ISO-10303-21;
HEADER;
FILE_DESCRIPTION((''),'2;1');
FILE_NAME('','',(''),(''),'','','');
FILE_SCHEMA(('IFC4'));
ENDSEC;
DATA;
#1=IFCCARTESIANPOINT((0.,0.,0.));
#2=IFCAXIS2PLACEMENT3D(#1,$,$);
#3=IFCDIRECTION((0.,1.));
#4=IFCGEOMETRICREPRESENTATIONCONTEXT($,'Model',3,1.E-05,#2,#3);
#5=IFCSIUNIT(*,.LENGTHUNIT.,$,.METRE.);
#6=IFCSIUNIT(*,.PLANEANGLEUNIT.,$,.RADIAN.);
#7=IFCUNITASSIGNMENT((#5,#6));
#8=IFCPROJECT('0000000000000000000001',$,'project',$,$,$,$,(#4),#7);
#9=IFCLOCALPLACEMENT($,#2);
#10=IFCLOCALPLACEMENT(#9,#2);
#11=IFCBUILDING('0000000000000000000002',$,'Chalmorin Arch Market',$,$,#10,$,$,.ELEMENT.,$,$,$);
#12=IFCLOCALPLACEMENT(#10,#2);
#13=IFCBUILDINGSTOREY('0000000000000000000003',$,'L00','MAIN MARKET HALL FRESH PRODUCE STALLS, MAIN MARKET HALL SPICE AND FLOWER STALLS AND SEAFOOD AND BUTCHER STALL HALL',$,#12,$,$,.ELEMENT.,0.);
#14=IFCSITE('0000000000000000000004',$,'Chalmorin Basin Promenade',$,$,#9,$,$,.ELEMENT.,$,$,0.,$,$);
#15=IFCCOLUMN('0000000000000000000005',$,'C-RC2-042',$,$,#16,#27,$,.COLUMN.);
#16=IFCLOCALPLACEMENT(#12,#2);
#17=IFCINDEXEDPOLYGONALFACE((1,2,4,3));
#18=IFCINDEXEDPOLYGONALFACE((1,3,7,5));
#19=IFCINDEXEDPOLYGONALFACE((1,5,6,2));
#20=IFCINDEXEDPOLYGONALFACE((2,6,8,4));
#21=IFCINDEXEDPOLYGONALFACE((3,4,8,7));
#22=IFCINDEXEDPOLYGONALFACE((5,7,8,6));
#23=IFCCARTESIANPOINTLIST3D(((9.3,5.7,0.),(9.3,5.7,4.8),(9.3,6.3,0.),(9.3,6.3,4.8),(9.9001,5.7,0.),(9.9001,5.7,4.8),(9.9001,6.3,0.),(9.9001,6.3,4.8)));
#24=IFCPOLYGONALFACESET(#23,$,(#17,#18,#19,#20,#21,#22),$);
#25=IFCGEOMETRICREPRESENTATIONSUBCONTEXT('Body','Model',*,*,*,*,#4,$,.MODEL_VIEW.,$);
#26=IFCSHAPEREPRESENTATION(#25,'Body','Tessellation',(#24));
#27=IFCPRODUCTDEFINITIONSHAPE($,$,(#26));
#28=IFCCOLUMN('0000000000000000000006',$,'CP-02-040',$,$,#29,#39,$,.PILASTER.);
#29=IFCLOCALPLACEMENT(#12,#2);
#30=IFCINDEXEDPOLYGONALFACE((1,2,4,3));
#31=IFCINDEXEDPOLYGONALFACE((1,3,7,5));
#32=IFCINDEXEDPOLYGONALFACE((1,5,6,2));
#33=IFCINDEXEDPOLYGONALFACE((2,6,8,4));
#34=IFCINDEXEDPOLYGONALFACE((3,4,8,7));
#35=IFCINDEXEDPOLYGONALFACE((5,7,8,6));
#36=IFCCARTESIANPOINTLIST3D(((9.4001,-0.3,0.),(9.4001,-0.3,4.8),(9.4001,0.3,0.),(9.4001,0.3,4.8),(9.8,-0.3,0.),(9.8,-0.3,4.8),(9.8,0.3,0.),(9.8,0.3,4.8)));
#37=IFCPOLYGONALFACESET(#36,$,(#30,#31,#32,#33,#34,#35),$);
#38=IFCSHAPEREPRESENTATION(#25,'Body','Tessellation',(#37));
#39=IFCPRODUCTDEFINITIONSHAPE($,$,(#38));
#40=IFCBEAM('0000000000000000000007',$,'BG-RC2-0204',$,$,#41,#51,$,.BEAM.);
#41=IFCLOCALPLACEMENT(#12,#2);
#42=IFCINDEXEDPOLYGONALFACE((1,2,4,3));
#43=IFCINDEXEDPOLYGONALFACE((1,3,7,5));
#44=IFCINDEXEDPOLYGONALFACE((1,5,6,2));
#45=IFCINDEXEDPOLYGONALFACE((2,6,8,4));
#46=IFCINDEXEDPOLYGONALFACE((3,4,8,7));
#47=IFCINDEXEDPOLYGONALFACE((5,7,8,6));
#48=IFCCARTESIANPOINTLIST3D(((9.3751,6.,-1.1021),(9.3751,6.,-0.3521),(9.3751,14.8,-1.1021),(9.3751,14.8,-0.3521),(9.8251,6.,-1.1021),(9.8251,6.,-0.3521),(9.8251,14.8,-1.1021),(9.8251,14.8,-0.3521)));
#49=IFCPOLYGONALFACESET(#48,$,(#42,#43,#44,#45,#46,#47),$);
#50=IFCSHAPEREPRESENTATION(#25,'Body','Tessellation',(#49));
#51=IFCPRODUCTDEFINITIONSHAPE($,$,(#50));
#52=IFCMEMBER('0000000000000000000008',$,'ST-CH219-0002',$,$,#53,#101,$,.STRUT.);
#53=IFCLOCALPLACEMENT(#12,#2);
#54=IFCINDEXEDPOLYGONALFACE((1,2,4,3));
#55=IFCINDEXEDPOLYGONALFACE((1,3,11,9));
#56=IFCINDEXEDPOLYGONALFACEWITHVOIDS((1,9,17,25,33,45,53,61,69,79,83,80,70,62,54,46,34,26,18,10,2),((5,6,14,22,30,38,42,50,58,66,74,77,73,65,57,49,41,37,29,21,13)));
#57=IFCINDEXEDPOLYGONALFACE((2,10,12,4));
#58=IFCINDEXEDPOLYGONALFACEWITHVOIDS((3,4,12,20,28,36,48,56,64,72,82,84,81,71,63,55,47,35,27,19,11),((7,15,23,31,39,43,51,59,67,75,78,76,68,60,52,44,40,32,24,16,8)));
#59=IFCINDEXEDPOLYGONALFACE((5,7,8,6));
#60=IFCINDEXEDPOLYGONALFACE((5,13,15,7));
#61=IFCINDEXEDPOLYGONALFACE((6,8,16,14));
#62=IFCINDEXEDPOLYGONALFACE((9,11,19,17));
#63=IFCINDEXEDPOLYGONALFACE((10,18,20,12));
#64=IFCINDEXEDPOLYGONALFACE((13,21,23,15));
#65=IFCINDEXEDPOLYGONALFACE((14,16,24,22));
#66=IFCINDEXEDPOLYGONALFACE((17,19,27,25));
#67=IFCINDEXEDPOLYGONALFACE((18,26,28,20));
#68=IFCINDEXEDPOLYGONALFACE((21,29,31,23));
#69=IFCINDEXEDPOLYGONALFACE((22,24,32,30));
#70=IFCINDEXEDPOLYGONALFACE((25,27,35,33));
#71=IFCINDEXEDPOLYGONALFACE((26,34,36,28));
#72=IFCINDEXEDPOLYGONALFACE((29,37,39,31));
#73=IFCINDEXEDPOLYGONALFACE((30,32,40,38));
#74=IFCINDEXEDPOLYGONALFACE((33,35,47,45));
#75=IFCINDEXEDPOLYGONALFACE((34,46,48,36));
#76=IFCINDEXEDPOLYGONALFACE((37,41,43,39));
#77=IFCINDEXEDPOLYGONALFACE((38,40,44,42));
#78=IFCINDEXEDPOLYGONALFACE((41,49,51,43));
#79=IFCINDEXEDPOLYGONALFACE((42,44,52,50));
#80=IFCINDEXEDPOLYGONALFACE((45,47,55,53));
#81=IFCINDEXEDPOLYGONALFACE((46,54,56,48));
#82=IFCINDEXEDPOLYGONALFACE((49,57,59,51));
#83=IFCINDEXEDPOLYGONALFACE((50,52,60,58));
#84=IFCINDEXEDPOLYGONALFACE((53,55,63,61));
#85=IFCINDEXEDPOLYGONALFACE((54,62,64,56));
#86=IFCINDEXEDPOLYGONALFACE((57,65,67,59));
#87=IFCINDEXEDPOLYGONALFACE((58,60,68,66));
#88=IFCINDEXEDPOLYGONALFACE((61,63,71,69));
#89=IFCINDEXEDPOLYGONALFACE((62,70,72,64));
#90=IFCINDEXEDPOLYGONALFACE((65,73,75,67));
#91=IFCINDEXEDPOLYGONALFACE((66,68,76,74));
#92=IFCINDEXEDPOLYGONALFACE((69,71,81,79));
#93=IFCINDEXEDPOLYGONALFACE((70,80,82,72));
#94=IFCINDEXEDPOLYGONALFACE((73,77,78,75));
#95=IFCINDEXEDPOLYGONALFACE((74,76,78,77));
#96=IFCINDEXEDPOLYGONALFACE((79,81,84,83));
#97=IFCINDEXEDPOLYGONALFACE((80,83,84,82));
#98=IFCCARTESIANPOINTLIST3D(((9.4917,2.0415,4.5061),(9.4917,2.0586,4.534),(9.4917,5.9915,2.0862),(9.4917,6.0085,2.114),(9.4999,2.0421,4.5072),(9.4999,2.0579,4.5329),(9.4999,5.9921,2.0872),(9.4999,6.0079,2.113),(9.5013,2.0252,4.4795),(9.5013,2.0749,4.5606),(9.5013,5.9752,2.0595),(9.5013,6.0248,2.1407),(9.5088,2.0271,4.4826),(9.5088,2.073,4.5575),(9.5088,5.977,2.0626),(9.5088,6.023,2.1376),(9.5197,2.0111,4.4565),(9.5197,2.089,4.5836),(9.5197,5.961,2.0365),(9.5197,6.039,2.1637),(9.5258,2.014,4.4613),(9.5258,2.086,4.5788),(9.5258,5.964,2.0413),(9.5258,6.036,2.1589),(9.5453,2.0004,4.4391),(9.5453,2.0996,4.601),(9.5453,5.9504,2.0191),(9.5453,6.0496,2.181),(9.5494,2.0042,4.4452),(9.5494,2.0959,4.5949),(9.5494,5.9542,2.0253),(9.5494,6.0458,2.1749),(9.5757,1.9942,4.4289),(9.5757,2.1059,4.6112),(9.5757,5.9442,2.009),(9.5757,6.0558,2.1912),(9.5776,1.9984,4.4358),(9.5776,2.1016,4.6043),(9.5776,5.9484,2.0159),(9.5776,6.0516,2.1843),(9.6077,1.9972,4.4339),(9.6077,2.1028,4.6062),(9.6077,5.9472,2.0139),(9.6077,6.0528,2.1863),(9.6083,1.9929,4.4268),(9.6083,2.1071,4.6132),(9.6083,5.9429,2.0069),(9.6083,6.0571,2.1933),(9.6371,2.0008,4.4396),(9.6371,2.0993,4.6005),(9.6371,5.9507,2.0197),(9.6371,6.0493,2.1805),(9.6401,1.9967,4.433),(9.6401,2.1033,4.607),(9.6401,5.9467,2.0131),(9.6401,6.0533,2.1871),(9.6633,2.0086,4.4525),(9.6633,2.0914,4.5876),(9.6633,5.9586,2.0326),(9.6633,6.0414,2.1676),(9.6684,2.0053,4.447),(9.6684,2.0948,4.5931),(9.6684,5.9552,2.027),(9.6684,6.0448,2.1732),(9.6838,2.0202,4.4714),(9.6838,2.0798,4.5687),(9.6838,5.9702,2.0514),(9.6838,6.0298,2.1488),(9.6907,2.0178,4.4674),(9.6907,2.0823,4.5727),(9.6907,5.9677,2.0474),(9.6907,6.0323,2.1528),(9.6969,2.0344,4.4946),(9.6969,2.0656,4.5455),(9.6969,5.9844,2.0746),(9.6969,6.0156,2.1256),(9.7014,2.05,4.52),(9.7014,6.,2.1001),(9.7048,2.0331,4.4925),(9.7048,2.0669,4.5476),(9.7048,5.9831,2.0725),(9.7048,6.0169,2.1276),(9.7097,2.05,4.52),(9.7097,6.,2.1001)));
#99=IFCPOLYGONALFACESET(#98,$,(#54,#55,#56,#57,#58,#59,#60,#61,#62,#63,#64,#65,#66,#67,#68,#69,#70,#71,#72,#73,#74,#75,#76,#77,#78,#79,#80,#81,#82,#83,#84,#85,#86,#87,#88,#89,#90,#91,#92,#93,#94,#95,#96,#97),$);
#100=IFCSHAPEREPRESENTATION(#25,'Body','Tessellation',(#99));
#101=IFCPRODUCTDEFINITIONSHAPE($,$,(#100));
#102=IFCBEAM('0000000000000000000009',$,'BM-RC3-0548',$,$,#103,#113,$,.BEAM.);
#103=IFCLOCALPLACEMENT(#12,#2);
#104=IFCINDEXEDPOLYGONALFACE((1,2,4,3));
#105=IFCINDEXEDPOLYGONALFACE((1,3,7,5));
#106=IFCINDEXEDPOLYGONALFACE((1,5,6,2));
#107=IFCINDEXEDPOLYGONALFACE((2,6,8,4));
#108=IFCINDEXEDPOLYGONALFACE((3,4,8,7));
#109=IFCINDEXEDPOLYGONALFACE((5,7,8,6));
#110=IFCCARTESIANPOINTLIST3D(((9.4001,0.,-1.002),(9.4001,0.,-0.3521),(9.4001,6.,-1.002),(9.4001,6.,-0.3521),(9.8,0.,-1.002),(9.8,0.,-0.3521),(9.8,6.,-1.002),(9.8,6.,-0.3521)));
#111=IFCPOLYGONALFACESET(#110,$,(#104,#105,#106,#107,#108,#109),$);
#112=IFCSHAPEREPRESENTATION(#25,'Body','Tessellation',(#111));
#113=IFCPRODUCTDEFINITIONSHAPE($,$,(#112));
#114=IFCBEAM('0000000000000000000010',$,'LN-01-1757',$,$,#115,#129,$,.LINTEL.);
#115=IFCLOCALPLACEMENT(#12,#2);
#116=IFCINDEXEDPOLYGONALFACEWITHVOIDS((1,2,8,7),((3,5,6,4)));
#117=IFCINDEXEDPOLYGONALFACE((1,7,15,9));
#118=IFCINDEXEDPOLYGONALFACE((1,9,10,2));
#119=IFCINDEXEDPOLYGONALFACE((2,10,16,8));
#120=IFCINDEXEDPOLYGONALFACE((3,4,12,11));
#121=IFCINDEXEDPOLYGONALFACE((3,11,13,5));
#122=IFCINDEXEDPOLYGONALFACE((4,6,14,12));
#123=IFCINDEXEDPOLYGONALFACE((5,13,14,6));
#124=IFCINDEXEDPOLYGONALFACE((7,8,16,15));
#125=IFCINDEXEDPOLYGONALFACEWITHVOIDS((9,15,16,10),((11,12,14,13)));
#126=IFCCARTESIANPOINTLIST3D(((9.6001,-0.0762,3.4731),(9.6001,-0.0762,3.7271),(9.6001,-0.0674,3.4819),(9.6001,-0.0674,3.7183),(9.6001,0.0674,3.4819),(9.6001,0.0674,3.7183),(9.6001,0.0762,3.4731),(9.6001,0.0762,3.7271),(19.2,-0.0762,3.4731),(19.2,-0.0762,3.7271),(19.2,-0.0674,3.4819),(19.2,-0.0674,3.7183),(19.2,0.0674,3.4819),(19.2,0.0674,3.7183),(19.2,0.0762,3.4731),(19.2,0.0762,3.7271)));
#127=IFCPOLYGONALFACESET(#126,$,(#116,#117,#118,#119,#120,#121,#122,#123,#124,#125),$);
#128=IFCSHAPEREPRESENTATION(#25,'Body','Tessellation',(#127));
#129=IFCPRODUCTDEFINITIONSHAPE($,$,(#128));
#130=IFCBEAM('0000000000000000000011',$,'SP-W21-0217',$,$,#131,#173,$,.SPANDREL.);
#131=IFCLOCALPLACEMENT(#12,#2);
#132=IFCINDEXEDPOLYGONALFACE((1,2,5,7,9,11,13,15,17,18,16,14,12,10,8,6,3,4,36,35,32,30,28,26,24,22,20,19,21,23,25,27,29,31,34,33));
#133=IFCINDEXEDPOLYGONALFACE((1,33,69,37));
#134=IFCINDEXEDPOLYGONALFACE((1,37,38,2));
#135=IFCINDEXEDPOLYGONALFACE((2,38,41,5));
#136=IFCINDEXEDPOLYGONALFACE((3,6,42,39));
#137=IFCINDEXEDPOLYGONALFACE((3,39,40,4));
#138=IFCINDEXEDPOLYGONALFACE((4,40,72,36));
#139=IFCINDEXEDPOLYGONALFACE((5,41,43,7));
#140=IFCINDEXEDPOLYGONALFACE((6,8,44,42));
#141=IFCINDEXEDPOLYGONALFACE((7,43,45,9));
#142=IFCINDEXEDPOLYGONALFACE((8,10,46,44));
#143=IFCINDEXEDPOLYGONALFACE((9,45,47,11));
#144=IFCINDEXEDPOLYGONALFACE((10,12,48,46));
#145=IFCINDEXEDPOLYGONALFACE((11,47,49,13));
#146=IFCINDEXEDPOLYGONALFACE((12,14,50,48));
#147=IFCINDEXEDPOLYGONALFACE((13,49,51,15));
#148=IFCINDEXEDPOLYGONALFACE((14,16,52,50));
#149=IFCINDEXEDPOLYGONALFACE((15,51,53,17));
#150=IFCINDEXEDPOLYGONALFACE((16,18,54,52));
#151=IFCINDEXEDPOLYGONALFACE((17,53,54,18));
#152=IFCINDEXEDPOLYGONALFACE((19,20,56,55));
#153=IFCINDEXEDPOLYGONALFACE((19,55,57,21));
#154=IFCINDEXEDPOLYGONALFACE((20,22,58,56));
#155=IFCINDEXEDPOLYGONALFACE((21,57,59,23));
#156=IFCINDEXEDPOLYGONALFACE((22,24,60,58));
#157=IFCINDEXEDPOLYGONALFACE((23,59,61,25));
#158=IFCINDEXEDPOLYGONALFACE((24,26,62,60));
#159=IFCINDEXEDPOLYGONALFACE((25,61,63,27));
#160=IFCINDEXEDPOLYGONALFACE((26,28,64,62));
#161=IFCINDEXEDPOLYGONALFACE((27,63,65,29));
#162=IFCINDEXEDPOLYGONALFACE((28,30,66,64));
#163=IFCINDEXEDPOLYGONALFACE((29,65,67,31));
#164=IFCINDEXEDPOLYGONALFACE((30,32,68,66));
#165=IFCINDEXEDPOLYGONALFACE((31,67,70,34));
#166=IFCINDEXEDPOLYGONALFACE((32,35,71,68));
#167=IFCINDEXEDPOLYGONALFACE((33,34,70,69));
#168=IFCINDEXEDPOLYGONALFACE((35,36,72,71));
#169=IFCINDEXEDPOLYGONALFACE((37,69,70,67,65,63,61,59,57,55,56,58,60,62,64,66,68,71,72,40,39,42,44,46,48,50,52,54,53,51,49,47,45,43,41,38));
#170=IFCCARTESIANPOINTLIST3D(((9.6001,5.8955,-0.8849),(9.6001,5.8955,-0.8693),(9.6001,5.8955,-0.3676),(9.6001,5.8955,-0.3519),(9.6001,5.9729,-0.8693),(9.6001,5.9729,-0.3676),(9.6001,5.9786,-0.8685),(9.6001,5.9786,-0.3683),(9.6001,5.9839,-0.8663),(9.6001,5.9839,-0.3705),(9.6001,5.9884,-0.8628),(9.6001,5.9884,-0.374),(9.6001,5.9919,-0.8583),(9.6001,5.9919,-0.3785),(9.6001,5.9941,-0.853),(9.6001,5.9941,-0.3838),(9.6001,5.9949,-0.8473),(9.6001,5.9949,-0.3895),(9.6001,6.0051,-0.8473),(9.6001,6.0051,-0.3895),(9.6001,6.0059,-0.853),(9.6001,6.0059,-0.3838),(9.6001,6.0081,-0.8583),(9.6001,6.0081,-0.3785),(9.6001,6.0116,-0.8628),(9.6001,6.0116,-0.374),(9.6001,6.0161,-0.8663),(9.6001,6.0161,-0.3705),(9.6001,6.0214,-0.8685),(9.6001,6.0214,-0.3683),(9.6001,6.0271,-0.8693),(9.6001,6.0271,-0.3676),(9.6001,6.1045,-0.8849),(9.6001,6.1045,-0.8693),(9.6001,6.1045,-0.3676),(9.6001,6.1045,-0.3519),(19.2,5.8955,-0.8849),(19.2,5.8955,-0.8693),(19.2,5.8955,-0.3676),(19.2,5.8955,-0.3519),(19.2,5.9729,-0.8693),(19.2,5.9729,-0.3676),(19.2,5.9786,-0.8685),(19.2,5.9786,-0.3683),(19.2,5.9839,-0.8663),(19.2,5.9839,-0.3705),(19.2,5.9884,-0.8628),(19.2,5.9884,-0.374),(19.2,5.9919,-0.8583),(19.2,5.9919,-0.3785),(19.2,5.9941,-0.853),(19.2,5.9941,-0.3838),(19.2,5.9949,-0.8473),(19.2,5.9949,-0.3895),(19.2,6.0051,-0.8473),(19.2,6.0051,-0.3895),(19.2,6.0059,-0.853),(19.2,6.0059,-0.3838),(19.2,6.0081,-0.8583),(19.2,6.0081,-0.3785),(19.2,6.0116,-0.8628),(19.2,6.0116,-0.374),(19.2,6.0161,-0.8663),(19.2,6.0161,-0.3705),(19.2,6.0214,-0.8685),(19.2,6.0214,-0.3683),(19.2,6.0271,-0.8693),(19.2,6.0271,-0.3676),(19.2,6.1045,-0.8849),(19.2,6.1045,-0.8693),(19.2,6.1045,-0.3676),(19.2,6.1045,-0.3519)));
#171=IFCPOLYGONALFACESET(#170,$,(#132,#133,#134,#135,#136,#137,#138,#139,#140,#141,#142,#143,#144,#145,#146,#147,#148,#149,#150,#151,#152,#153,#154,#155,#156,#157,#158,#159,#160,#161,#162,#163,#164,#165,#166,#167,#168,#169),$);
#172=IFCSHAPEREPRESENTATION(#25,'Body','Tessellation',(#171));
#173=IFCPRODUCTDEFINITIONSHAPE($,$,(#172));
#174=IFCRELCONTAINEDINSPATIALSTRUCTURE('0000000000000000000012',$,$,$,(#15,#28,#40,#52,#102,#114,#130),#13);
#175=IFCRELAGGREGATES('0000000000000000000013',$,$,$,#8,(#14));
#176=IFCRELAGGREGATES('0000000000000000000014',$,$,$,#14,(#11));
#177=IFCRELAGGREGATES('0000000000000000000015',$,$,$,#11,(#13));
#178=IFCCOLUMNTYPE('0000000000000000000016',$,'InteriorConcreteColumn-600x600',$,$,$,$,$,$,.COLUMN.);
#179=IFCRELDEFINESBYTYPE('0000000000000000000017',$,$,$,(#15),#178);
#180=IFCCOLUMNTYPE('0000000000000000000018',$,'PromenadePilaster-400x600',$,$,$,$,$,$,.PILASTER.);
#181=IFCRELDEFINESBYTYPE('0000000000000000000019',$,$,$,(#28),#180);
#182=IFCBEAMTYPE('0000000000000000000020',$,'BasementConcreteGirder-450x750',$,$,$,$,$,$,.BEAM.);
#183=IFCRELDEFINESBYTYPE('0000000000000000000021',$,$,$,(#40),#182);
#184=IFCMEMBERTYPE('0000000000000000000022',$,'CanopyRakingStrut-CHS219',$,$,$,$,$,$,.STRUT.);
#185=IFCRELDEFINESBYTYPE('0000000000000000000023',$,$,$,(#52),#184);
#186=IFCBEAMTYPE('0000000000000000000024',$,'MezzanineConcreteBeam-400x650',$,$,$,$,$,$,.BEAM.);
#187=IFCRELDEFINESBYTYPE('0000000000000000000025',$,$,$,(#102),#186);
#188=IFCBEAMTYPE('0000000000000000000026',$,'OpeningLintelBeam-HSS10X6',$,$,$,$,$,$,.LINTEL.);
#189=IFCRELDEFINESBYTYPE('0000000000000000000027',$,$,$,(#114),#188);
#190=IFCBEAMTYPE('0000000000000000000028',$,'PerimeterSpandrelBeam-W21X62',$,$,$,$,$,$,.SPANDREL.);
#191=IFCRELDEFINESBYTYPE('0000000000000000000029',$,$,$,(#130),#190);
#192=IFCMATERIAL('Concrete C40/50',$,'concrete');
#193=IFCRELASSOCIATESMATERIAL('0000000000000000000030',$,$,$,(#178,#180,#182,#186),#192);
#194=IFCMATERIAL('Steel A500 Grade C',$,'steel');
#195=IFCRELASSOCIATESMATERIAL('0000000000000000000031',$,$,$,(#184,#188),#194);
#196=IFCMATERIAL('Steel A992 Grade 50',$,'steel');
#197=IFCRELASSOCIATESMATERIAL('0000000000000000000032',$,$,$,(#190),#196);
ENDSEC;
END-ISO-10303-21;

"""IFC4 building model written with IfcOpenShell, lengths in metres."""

from ifc_helpers import new_model, si_unit, direction, frame, origin, origin_2d, place, context, subcontext, project, spatial, rectangle, hollow_rectangle, hollow_circle, i_section, extrude, material, material_profile, profile_set, type_object, element, save


model = new_model("IFC4")

# Units and contexts
model_context = context("Model", 3, precision=1e-05, world=origin(), true_north=direction((0.0, 1.0)))
body_context = subcontext(model_context, "Body", "Model", "MODEL_VIEW")
ifc_project = project(units=[si_unit("LENGTHUNIT", "METRE"), si_unit("PLANEANGLEUNIT", "RADIAN")], contexts=[model_context])

# Site, building, storey
site_placement = place(None, origin())
site = spatial("IfcSite", under=ifc_project, at=site_placement, Name="Chalmorin Basin Promenade", CompositionType="ELEMENT", RefElevation=0.0)
building_placement = place(site_placement, origin())
building = spatial("IfcBuilding", under=site, at=building_placement, Name="Chalmorin Arch Market", CompositionType="ELEMENT")
storey_placement = place(building_placement, origin())
storey = spatial("IfcBuildingStorey", under=building, at=storey_placement, Name="L00", Description="MAIN MARKET HALL FRESH PRODUCE STALLS, MAIN MARKET HALL SPICE AND FLOWER STALLS AND SEAFOOD AND BUTCHER STALL HALL", CompositionType="ELEMENT", Elevation=0.0)

# Columns
ifc_material_1 = material(Name="Concrete C40/50", Category="concrete")
ifc_material_profile_1 = material_profile(ifc_material_1, rectangle(XDim=0.6001, YDim=0.6001, at=origin_2d()), Name="RC600X600")
ifc_profile_set_1 = profile_set([ifc_material_profile_1], Name="Concrete C40/50")
column_type_1 = type_object("IfcColumnType", Name="InteriorConcreteColumn-600x600", PredefinedType="COLUMN", material=ifc_profile_set_1)
column_1_placement = place(storey_placement, frame((9.6001, 6.0, 0.0), z_axis=(0.0, 0.0, 1.0), x_axis=(1.0, 0.0, 0.0)))
element("IfcColumn", 1, at=column_1_placement, inside=storey, type_object=column_type_1, Name="C-RC2-042", PredefinedType="COLUMN", context=body_context, shape_type="SweptSolid", body=[
    extrude(rectangle(XDim=0.6001, YDim=0.6001, at=origin_2d()), origin(), (0.0, 0.0, 1.0), 4.8),
])
ifc_material_profile_2 = material_profile(ifc_material_1, rectangle(XDim=0.3999, YDim=0.6001, at=origin_2d()), Name="RC400X600")
ifc_profile_set_2 = profile_set([ifc_material_profile_2], Name="Concrete C40/50")
column_type_2 = type_object("IfcColumnType", Name="PromenadePilaster-400x600", PredefinedType="PILASTER", material=ifc_profile_set_2)
column_2_placement = place(storey_placement, frame((9.6001, 0.0, 0.0), z_axis=(0.0, 0.0, 1.0), x_axis=(1.0, 0.0, 0.0)))
element("IfcColumn", 2, at=column_2_placement, inside=storey, type_object=column_type_2, Name="CP-02-040", PredefinedType="PILASTER", context=body_context, shape_type="SweptSolid", body=[
    extrude(rectangle(XDim=0.3999, YDim=0.6001, at=origin_2d()), origin(), (0.0, 0.0, 1.0), 4.8),
])

# Beam
ifc_material_profile_3 = material_profile(ifc_material_1, rectangle(XDim=0.45, YDim=0.75, at=origin_2d()), Name="RC450X750")
ifc_profile_set_3 = profile_set([ifc_material_profile_3], Name="Concrete C40/50")
beam_type_1 = type_object("IfcBeamType", Name="BasementConcreteGirder-450x750", PredefinedType="BEAM", material=ifc_profile_set_3)
beam_1_placement = place(storey_placement, frame((9.6001, 6.0, -0.7271), z_axis=(0.0, 1.0, 0.0), x_axis=(-1.0, 0.0, 0.0)))
element("IfcBeam", 3, at=beam_1_placement, inside=storey, type_object=beam_type_1, Name="BG-RC2-0204", PredefinedType="BEAM", context=body_context, shape_type="SweptSolid", body=[
    extrude(rectangle(XDim=0.45, YDim=0.75, at=origin_2d()), origin(), (0.0, 0.0, 1.0), 8.8),
])

# Member
ifc_material_2 = material(Name="Steel A500 Grade C", Category="steel")
ifc_material_profile_4 = material_profile(ifc_material_2, hollow_circle(Radius=0.1096, WallThickness=0.0083, at=origin_2d()), Name="CHS219X8")
ifc_profile_set_4 = profile_set([ifc_material_profile_4], Name="Steel A500 Grade C")
member_type = type_object("IfcMemberType", Name="CanopyRakingStrut-CHS219", PredefinedType="STRUT", material=ifc_profile_set_4)
member_placement = place(storey_placement, frame((9.6001, 6.0, 2.1001), z_axis=(0.0, -0.852699, 0.522403), x_axis=(1.0, 0.0, 0.0)))
element("IfcMember", 4, at=member_placement, inside=storey, type_object=member_type, Name="ST-CH219-0002", PredefinedType="STRUT", context=body_context, shape_type="SweptSolid", body=[
    extrude(hollow_circle(Radius=0.1096, WallThickness=0.0083, at=origin_2d()), origin(), (0.0, 0.0, 1.0), 4.6323),
])

# Beams
ifc_material_profile_5 = material_profile(ifc_material_1, rectangle(XDim=0.3999, YDim=0.6499, at=origin_2d()), Name="RC400X650")
ifc_profile_set_5 = profile_set([ifc_material_profile_5], Name="Concrete C40/50")
beam_type_2 = type_object("IfcBeamType", Name="MezzanineConcreteBeam-400x650", PredefinedType="BEAM", material=ifc_profile_set_5)
beam_2_placement = place(storey_placement, frame((9.6001, 0.0, -0.677), z_axis=(0.0, 1.0, 0.0), x_axis=(-1.0, 0.0, 0.0)))
element("IfcBeam", 5, at=beam_2_placement, inside=storey, type_object=beam_type_2, Name="BM-RC3-0548", PredefinedType="BEAM", context=body_context, shape_type="SweptSolid", body=[
    extrude(rectangle(XDim=0.3999, YDim=0.6499, at=origin_2d()), origin(), (0.0, 0.0, 1.0), 6.0),
])
ifc_material_profile_6 = material_profile(ifc_material_2, hollow_rectangle(XDim=0.1523, YDim=0.2539, WallThickness=0.0088, at=origin_2d()), Name="HSS10X6X3/8")
ifc_profile_set_6 = profile_set([ifc_material_profile_6], Name="Steel A500 Grade C")
beam_type_3 = type_object("IfcBeamType", Name="OpeningLintelBeam-HSS10X6", PredefinedType="LINTEL", material=ifc_profile_set_6)
beam_3_placement = place(storey_placement, frame((9.6001, 0.0, 3.6001), z_axis=(1.0, 0.0, 0.0), x_axis=(0.0, 1.0, 0.0)))
element("IfcBeam", 6, at=beam_3_placement, inside=storey, type_object=beam_type_3, Name="LN-01-1757", PredefinedType="LINTEL", context=body_context, shape_type="SweptSolid", body=[
    extrude(hollow_rectangle(XDim=0.1523, YDim=0.2539, WallThickness=0.0088, at=origin_2d()), origin(), (0.0, 0.0, 1.0), 9.5999),
])
ifc_material_3 = material(Name="Steel A992 Grade 50", Category="steel")
ifc_material_profile_7 = material_profile(ifc_material_3, i_section(OverallWidth=0.209, OverallDepth=0.533, WebThickness=0.0103, FlangeThickness=0.0156, FilletRadius=0.022, at=origin_2d()), Name="W21X62")
ifc_profile_set_7 = profile_set([ifc_material_profile_7], Name="Steel A992 Grade 50")
beam_type_4 = type_object("IfcBeamType", Name="PerimeterSpandrelBeam-W21X62", PredefinedType="SPANDREL", material=ifc_profile_set_7)
beam_4_placement = place(storey_placement, frame((9.6001, 6.0, -0.6184), z_axis=(1.0, 0.0, 0.0), x_axis=(0.0, 1.0, 0.0)))
element("IfcBeam", 7, at=beam_4_placement, inside=storey, type_object=beam_type_4, Name="SP-W21-0217", PredefinedType="SPANDREL", context=body_context, shape_type="SweptSolid", body=[
    extrude(i_section(OverallWidth=0.209, OverallDepth=0.533, WebThickness=0.0103, FlangeThickness=0.0156, FilletRadius=0.022, at=origin_2d()), origin(), (0.0, 0.0, 1.0), 9.5999),
])

save(model, "model.ifc")
